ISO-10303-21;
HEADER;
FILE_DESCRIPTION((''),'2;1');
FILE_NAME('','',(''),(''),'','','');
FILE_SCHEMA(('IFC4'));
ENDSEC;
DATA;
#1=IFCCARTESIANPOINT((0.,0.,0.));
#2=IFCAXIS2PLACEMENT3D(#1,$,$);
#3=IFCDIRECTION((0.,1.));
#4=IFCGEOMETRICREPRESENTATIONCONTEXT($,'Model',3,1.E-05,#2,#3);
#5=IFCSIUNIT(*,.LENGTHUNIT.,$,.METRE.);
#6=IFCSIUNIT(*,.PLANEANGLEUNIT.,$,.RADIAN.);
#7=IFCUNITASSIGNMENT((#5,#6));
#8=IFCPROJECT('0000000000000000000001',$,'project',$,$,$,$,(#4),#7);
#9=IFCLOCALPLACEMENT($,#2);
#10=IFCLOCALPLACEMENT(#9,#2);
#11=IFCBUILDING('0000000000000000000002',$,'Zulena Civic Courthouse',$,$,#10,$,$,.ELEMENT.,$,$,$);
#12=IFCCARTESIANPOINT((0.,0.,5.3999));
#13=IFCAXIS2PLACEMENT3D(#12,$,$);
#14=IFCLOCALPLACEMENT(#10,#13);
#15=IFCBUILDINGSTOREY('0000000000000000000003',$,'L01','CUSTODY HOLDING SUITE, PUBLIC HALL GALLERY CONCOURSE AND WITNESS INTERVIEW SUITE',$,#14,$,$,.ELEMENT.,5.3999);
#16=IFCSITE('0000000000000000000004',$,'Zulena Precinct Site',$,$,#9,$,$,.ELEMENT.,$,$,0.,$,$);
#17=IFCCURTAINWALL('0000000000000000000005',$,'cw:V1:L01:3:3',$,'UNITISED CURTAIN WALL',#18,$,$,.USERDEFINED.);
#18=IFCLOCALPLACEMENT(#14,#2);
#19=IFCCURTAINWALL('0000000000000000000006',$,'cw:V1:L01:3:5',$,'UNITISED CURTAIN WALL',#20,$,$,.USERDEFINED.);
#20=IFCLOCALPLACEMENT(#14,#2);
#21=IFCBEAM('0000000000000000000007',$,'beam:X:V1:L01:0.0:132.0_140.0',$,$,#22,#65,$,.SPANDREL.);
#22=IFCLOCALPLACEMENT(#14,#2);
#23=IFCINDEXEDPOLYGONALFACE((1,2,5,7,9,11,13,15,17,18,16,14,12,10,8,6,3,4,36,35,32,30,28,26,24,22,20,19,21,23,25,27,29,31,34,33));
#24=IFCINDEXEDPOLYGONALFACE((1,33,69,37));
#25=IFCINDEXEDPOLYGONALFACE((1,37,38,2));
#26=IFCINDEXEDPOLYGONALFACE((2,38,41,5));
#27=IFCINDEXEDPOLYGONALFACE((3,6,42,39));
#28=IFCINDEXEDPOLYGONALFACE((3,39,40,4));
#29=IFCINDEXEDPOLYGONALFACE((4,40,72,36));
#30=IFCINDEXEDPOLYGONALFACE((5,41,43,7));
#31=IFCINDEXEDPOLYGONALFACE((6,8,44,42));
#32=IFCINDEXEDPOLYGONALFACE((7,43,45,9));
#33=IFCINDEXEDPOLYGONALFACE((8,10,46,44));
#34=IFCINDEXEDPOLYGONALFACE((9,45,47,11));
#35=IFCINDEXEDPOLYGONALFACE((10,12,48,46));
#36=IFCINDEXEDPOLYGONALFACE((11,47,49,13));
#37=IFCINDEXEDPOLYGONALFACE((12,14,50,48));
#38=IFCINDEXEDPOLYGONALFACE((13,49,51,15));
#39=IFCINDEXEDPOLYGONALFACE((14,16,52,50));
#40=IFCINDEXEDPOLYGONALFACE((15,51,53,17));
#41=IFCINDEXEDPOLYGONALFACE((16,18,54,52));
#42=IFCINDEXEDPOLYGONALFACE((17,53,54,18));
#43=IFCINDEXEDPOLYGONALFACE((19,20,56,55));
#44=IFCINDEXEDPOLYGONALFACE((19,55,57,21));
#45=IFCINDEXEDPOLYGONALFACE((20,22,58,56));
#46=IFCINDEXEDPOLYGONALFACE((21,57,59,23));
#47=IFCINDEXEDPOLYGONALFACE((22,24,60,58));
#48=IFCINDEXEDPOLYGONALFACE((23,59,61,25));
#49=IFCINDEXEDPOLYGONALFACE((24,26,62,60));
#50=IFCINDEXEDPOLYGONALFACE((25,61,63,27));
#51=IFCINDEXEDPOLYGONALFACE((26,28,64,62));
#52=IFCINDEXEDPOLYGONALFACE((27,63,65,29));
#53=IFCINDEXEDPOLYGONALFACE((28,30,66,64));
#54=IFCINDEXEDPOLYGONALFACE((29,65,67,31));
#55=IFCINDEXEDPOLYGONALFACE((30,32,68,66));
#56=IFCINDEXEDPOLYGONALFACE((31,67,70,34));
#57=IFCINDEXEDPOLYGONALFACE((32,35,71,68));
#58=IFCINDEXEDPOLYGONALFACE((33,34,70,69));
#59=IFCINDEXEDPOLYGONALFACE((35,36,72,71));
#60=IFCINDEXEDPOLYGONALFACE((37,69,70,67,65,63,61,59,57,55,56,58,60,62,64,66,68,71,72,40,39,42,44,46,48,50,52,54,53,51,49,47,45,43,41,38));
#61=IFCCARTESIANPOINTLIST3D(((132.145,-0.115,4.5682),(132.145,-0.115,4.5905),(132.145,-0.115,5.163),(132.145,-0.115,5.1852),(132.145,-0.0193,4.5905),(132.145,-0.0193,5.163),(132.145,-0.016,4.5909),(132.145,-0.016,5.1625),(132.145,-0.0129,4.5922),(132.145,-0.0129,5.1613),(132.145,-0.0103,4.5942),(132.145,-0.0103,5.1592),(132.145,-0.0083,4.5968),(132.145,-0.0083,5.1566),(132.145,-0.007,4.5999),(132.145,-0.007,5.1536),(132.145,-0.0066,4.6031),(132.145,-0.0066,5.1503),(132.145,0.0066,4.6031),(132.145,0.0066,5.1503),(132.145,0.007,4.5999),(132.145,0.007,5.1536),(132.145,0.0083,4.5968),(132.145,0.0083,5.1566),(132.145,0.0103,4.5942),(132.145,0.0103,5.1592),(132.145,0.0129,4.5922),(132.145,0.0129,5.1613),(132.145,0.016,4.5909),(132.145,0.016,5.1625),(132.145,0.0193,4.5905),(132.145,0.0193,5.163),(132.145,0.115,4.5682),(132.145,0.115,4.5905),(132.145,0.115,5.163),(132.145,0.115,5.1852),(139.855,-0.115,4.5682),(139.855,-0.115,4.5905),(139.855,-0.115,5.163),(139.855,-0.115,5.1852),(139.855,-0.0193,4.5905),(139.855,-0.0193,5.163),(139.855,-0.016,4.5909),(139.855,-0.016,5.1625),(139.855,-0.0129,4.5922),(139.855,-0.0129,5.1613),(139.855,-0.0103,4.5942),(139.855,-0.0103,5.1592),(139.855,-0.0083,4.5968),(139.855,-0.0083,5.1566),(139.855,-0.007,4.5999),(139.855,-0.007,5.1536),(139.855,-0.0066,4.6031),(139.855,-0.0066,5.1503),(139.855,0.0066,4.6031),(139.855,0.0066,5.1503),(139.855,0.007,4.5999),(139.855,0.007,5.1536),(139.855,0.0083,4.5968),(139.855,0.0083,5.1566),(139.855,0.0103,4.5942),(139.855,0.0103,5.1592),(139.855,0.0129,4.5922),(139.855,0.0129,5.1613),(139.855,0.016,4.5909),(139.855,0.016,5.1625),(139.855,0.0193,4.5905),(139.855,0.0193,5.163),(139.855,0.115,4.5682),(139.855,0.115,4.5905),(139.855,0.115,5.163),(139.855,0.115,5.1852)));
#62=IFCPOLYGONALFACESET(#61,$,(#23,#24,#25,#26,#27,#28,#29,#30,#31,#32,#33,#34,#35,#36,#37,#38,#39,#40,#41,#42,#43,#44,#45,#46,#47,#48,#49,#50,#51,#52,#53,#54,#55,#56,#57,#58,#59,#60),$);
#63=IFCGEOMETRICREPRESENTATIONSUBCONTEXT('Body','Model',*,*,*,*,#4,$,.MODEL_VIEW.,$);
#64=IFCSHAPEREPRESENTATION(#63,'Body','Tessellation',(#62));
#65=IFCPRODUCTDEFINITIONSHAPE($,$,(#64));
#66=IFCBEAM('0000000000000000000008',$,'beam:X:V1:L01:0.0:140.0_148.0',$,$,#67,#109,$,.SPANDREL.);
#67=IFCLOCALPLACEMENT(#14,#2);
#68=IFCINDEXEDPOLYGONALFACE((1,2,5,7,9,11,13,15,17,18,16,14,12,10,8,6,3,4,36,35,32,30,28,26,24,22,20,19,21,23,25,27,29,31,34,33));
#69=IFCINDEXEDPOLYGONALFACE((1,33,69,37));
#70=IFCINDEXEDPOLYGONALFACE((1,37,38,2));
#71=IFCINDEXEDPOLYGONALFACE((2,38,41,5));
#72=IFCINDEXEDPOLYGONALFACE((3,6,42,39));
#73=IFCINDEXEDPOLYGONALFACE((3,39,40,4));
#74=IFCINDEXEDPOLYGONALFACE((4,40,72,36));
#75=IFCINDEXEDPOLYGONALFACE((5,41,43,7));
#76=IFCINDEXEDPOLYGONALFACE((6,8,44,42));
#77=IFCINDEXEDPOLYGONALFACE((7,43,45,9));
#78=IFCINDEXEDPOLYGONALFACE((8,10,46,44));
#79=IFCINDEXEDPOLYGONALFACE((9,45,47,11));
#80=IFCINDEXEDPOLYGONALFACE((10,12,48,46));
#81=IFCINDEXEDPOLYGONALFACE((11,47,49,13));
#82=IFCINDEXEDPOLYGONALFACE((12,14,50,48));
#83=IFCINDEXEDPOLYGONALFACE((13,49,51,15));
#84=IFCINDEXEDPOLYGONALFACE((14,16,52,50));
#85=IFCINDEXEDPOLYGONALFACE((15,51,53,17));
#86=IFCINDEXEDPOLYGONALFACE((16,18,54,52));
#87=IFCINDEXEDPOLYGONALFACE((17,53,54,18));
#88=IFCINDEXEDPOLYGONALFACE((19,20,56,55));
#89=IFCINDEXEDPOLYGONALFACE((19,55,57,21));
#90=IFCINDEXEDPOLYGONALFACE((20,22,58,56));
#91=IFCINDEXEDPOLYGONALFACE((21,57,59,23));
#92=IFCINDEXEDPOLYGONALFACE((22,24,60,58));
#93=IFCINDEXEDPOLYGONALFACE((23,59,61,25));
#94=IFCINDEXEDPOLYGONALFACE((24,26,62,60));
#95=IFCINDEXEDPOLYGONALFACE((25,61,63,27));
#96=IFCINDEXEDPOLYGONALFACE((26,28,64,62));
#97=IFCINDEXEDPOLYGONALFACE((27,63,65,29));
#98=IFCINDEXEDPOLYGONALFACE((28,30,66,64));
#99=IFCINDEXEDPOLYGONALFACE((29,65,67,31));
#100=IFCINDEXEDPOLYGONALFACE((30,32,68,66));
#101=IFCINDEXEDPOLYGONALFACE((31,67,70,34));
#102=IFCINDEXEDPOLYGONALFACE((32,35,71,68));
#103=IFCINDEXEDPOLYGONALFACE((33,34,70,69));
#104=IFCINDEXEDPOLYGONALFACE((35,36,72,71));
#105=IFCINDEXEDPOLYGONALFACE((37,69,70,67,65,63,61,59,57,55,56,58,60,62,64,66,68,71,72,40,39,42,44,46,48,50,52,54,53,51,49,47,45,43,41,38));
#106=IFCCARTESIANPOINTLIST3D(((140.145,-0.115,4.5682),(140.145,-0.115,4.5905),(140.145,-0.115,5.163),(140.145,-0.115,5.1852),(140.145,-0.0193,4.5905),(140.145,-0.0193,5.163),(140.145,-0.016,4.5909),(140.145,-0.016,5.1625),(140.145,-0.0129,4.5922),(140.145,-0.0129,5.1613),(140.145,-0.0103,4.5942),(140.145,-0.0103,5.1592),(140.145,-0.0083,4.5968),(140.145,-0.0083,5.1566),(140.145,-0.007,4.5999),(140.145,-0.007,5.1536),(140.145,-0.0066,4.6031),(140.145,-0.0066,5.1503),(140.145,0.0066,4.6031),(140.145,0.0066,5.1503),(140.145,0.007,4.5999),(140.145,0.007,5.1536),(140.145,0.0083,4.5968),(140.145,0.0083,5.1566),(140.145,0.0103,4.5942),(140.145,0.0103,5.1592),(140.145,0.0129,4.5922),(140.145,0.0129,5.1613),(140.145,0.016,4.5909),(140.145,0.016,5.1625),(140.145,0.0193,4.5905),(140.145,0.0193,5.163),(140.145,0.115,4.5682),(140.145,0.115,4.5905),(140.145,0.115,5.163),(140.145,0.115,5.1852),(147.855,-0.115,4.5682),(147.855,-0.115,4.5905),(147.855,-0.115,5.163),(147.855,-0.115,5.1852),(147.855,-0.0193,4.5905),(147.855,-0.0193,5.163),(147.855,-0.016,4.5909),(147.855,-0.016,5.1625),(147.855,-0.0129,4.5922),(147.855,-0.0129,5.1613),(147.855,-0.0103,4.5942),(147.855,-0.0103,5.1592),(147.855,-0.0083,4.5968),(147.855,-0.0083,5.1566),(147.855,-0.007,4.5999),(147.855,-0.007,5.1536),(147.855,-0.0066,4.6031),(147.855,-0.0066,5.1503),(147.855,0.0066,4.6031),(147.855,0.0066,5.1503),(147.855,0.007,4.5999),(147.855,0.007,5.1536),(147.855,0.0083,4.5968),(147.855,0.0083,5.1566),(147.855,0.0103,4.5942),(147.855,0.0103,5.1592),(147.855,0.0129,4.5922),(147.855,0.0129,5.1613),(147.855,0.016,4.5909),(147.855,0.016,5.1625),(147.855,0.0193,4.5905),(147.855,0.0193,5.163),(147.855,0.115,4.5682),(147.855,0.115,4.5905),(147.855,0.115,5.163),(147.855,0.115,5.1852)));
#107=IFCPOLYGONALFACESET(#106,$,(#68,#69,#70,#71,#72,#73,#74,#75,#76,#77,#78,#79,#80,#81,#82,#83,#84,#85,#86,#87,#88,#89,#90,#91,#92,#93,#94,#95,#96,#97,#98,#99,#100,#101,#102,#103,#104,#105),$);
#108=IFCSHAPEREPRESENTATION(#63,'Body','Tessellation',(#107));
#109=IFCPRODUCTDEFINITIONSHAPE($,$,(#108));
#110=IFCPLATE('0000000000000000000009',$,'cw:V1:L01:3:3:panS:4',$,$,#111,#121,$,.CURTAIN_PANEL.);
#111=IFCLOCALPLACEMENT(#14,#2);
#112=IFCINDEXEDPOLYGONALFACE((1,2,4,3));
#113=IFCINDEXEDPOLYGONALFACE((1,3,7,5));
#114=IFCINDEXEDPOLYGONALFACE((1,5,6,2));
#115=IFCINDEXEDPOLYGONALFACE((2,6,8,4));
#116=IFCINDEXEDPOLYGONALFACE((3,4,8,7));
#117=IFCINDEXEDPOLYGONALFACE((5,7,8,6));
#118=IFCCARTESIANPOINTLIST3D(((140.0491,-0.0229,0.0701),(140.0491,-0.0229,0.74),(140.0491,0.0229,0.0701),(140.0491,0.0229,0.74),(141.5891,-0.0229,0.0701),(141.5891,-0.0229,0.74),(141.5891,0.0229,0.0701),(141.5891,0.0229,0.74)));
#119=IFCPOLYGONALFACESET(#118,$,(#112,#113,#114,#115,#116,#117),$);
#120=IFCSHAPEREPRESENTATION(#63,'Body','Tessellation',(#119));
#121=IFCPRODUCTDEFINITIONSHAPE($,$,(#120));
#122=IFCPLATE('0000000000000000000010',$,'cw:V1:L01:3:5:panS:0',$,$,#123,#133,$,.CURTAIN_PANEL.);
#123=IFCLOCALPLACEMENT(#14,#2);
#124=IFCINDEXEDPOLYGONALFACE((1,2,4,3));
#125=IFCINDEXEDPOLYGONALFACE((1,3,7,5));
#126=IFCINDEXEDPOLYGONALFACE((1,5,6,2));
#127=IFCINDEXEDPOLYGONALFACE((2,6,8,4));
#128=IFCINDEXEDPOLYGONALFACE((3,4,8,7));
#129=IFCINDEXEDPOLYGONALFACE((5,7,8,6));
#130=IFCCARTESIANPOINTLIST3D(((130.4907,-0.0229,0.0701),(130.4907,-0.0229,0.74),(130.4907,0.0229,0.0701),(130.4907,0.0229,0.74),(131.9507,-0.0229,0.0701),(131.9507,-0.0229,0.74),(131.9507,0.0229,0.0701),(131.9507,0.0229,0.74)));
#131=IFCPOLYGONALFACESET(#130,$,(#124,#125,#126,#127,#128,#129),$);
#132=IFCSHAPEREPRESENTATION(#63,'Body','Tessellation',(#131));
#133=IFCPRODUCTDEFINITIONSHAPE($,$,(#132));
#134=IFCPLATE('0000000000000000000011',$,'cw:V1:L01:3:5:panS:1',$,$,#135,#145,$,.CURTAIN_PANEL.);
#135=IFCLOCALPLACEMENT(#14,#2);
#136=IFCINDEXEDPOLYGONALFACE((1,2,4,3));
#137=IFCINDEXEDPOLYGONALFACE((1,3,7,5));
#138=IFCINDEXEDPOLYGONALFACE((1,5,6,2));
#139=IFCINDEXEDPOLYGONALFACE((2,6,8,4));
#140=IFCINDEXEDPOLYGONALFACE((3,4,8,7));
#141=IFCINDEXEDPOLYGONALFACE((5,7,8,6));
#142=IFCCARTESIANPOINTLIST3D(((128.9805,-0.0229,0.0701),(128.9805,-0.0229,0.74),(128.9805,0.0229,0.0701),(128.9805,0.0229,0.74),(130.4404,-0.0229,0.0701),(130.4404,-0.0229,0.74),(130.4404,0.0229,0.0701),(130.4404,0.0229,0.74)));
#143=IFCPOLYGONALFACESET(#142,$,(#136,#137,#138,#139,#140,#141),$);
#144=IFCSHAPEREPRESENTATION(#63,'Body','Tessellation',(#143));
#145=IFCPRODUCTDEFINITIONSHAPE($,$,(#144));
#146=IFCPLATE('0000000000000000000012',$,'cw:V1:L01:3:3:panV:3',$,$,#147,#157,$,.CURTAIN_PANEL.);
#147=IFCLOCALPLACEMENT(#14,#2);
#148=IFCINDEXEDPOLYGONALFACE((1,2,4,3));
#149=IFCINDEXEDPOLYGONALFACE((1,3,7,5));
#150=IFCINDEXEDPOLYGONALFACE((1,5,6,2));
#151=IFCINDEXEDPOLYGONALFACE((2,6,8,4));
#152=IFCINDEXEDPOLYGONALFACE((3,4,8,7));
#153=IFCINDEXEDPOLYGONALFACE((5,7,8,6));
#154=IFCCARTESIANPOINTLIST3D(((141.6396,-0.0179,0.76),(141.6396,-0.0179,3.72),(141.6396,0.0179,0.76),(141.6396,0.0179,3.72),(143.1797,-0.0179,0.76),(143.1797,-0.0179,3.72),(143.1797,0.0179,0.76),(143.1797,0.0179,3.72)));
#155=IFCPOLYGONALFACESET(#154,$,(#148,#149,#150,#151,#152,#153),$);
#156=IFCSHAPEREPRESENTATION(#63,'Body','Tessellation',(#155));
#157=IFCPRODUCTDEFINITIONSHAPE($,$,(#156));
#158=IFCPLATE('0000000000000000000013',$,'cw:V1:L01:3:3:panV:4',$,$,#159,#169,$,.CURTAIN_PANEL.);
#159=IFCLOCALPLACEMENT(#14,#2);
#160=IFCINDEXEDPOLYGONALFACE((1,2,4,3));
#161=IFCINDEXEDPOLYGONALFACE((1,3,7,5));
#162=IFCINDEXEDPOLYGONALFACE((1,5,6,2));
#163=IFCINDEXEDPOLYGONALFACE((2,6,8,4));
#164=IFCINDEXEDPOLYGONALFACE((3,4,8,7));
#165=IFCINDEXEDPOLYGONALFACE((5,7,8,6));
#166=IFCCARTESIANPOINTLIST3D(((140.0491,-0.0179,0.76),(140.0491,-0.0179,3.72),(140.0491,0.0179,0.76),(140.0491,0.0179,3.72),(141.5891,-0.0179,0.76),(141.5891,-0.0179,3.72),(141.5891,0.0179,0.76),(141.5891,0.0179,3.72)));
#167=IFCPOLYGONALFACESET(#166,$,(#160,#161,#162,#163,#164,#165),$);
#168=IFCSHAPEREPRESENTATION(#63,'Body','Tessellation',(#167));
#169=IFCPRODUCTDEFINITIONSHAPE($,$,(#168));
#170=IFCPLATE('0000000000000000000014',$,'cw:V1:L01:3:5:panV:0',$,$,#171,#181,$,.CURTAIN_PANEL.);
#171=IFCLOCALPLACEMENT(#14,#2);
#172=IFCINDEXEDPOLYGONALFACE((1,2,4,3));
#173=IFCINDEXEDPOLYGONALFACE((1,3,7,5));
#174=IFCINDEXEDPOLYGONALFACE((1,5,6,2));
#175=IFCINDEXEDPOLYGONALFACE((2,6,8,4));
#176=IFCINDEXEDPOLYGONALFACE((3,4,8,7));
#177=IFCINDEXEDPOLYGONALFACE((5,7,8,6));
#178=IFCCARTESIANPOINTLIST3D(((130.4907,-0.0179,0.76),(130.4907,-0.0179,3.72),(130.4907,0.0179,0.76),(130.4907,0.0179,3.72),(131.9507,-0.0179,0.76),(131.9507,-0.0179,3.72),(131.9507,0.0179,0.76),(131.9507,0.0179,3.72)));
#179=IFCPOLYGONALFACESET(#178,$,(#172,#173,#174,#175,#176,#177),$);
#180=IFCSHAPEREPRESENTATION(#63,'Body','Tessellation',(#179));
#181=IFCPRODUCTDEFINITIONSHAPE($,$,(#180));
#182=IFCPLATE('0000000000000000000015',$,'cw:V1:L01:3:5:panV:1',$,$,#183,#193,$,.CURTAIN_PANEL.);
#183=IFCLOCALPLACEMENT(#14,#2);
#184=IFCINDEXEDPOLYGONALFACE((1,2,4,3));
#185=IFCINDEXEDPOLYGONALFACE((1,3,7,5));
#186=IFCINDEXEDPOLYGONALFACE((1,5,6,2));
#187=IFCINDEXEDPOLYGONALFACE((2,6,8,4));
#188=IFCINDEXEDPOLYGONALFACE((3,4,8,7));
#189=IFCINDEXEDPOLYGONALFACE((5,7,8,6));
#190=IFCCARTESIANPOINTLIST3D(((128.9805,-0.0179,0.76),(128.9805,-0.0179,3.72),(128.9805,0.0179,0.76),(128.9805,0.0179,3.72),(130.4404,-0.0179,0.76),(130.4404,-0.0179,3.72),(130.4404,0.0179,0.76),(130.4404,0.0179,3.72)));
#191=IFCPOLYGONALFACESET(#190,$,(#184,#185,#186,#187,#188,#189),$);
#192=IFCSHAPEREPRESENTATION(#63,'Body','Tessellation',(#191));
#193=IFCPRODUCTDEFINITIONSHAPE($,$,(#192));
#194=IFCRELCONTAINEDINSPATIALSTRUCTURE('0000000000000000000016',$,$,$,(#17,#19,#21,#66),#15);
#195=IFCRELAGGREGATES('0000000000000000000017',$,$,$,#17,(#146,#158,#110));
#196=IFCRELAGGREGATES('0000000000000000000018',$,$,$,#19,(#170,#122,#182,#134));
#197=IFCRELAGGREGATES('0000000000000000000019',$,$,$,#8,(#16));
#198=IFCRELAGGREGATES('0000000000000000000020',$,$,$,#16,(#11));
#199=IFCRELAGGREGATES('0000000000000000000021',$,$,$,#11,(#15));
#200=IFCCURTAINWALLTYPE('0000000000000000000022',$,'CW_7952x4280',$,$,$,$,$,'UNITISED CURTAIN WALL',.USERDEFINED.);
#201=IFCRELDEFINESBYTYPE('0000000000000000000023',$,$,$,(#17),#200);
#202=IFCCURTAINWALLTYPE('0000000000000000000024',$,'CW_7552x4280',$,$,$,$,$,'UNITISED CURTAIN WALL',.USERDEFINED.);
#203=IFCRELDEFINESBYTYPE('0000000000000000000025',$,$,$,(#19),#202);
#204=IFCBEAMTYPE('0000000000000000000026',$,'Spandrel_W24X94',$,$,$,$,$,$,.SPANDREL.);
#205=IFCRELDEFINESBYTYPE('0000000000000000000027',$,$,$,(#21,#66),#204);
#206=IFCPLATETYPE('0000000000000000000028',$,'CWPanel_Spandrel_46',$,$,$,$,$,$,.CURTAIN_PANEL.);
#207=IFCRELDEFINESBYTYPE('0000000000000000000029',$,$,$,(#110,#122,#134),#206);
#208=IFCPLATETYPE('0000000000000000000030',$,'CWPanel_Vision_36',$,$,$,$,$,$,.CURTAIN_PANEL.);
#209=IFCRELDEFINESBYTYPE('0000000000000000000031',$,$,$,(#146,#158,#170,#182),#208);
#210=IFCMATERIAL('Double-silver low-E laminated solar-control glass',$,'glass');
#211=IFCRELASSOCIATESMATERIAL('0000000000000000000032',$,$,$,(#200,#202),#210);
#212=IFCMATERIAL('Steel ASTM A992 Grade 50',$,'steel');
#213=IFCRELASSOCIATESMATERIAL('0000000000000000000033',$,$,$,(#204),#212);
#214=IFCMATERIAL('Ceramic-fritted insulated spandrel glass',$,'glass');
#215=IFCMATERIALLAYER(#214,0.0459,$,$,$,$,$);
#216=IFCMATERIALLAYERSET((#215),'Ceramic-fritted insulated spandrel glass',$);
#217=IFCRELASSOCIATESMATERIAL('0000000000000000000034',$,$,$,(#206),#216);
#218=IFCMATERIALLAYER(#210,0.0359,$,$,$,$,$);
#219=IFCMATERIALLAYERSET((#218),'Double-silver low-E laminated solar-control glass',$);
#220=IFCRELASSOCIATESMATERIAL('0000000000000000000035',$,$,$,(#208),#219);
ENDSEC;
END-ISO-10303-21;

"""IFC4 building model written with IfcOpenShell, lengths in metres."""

from ifc_helpers import new_model, si_unit, direction, frame, origin, origin_2d, place, context, subcontext, project, spatial, rectangle, i_section, extrude, material, layer, layer_set, material_profile, profile_set, type_object, element, aggregate, save


model = new_model("IFC4")

# Units and contexts
model_context = context("Model", 3, precision=1e-05, world=origin(), true_north=direction((0.0, 1.0)))
body_context = subcontext(model_context, "Body", "Model", "MODEL_VIEW")
ifc_project = project(units=[si_unit("LENGTHUNIT", "METRE"), si_unit("PLANEANGLEUNIT", "RADIAN")], contexts=[model_context])

# Site, building, storey
site_placement = place(None, origin())
site = spatial("IfcSite", under=ifc_project, at=site_placement, Name="Zulena Precinct Site", CompositionType="ELEMENT", RefElevation=0.0)
building_placement = place(site_placement, origin())
building = spatial("IfcBuilding", under=site, at=building_placement, Name="Zulena Civic Courthouse", CompositionType="ELEMENT")
storey_placement = place(building_placement, frame((0.0, 0.0, 5.3999)))
storey = spatial("IfcBuildingStorey", under=building, at=storey_placement, Name="L01", Description="CUSTODY HOLDING SUITE, PUBLIC HALL GALLERY CONCOURSE AND WITNESS INTERVIEW SUITE", CompositionType="ELEMENT", Elevation=5.3999)

# Shared definitions
ifc_material_1 = material(Name="Steel ASTM A992 Grade 50", Category="steel")

# Curtain walls
ifc_material_2 = material(Name="Double-silver low-E laminated solar-control glass", Category="glass")
curtain_wall_type_1 = type_object("IfcCurtainWallType", Name="CW_7952x4280", ElementType="UNITISED CURTAIN WALL", PredefinedType="USERDEFINED", material=ifc_material_2)
curtain_wall_1_placement = place(storey_placement, origin())
curtain_wall_1 = element("IfcCurtainWall", 1, at=curtain_wall_1_placement, inside=storey, type_object=curtain_wall_type_1, Name="cw:V1:L01:3:3", ObjectType="UNITISED CURTAIN WALL", PredefinedType="USERDEFINED")
curtain_wall_type_2 = type_object("IfcCurtainWallType", Name="CW_7552x4280", ElementType="UNITISED CURTAIN WALL", PredefinedType="USERDEFINED", material=ifc_material_2)
curtain_wall_2_placement = place(storey_placement, origin())
curtain_wall_2 = element("IfcCurtainWall", 2, at=curtain_wall_2_placement, inside=storey, type_object=curtain_wall_type_2, Name="cw:V1:L01:3:5", ObjectType="UNITISED CURTAIN WALL", PredefinedType="USERDEFINED")

# Beams
ifc_material_profile_1 = material_profile(ifc_material_1, i_section(OverallWidth=0.23, OverallDepth=0.6169, WebThickness=0.0132, FlangeThickness=0.0222, FilletRadius=0.0127, at=origin_2d()), Name="W24X94")
ifc_profile_set_1 = profile_set([ifc_material_profile_1], Name="Steel ASTM A992 Grade 50")
beam_type_1 = type_object("IfcBeamType", Name="Spandrel_W24X94", PredefinedType="SPANDREL", material=ifc_profile_set_1)
for number, where, z_axis, x_axis, name in (
    (3, (132.145, 0.0, 4.8767), (1.0, 0.0, 0.0), (0.0, 1.0, 0.0), "beam:X:V1:L01:0.0:132.0_140.0"),
    (4, (140.145, 0.0, 4.8767), (1.0, 0.0, 0.0), (0.0, 1.0, 0.0), "beam:X:V1:L01:0.0:140.0_148.0"),
):
    element("IfcBeam", number, at=place(storey_placement, frame(where, z_axis=z_axis, x_axis=x_axis)), inside=storey, type_object=beam_type_1, Name=name, PredefinedType="SPANDREL", context=body_context, shape_type="SweptSolid", body=[
        extrude(i_section(OverallWidth=0.23, OverallDepth=0.6169, WebThickness=0.0132, FlangeThickness=0.0222, FilletRadius=0.0127, at=origin_2d()), origin(), (0.0, 0.0, 1.0), 7.71),
    ])

# Plates
ifc_material_3 = material(Name="Ceramic-fritted insulated spandrel glass", Category="glass")
ifc_layer_1 = layer(ifc_material_3, 0.0459)
ifc_layer_set_1 = layer_set([ifc_layer_1], Name="Ceramic-fritted insulated spandrel glass")
plate_type_1 = type_object("IfcPlateType", Name="CWPanel_Spandrel_46", PredefinedType="CURTAIN_PANEL", material=ifc_layer_set_1)
plate_1_placement = place(storey_placement, frame((140.8191, 0.0, 0.0701), z_axis=(0.0, 0.0, 1.0), x_axis=(-1.0, 0.0, 0.0)))
plate_1 = element("IfcPlate", 5, at=plate_1_placement, type_object=plate_type_1, Name="cw:V1:L01:3:3:panS:4", PredefinedType="CURTAIN_PANEL", context=body_context, shape_type="SweptSolid", body=[
    extrude(rectangle(XDim=1.54, YDim=0.0459, at=origin_2d()), origin(), (0.0, 0.0, 1.0), 0.6699),
])
plate_2_placement = place(storey_placement, frame((131.2207, 0.0, 0.0701), z_axis=(0.0, 0.0, 1.0), x_axis=(-1.0, 0.0, 0.0)))
plate_2 = element("IfcPlate", 6, at=plate_2_placement, type_object=plate_type_1, Name="cw:V1:L01:3:5:panS:0", PredefinedType="CURTAIN_PANEL", context=body_context, shape_type="SweptSolid", body=[
    extrude(rectangle(XDim=1.46, YDim=0.0459, at=origin_2d()), origin(), (0.0, 0.0, 1.0), 0.6699),
])
plate_3_placement = place(storey_placement, frame((129.7104, 0.0, 0.0701), z_axis=(0.0, 0.0, 1.0), x_axis=(-1.0, 0.0, 0.0)))
plate_3 = element("IfcPlate", 7, at=plate_3_placement, type_object=plate_type_1, Name="cw:V1:L01:3:5:panS:1", PredefinedType="CURTAIN_PANEL", context=body_context, shape_type="SweptSolid", body=[
    extrude(rectangle(XDim=1.46, YDim=0.0459, at=origin_2d()), origin(), (0.0, 0.0, 1.0), 0.6699),
])
ifc_layer_2 = layer(ifc_material_2, 0.0359)
ifc_layer_set_2 = layer_set([ifc_layer_2], Name="Double-silver low-E laminated solar-control glass")
plate_type_2 = type_object("IfcPlateType", Name="CWPanel_Vision_36", PredefinedType="CURTAIN_PANEL", material=ifc_layer_set_2)
plate_4_placement = place(storey_placement, frame((142.4097, 0.0, 0.76), z_axis=(0.0, 0.0, 1.0), x_axis=(-1.0, 0.0, 0.0)))
plate_4 = element("IfcPlate", 8, at=plate_4_placement, type_object=plate_type_2, Name="cw:V1:L01:3:3:panV:3", PredefinedType="CURTAIN_PANEL", context=body_context, shape_type="SweptSolid", body=[
    extrude(rectangle(XDim=1.54, YDim=0.0359, at=origin_2d()), origin(), (0.0, 0.0, 1.0), 2.96),
])
plate_5_placement = place(storey_placement, frame((140.8191, 0.0, 0.76), z_axis=(0.0, 0.0, 1.0), x_axis=(-1.0, 0.0, 0.0)))
plate_5 = element("IfcPlate", 9, at=plate_5_placement, type_object=plate_type_2, Name="cw:V1:L01:3:3:panV:4", PredefinedType="CURTAIN_PANEL", context=body_context, shape_type="SweptSolid", body=[
    extrude(rectangle(XDim=1.54, YDim=0.0359, at=origin_2d()), origin(), (0.0, 0.0, 1.0), 2.96),
])
aggregate(curtain_wall_1, [plate_4, plate_5, plate_1])
plate_6_placement = place(storey_placement, frame((131.2207, 0.0, 0.76), z_axis=(0.0, 0.0, 1.0), x_axis=(-1.0, 0.0, 0.0)))
plate_6 = element("IfcPlate", 10, at=plate_6_placement, type_object=plate_type_2, Name="cw:V1:L01:3:5:panV:0", PredefinedType="CURTAIN_PANEL", context=body_context, shape_type="SweptSolid", body=[
    extrude(rectangle(XDim=1.46, YDim=0.0359, at=origin_2d()), origin(), (0.0, 0.0, 1.0), 2.96),
])
plate_7_placement = place(storey_placement, frame((129.7104, 0.0, 0.76), z_axis=(0.0, 0.0, 1.0), x_axis=(-1.0, 0.0, 0.0)))
plate_7 = element("IfcPlate", 11, at=plate_7_placement, type_object=plate_type_2, Name="cw:V1:L01:3:5:panV:1", PredefinedType="CURTAIN_PANEL", context=body_context, shape_type="SweptSolid", body=[
    extrude(rectangle(XDim=1.46, YDim=0.0359, at=origin_2d()), origin(), (0.0, 0.0, 1.0), 2.96),
])
aggregate(curtain_wall_2, [plate_6, plate_2, plate_7, plate_3])

save(model, "model.ifc")
